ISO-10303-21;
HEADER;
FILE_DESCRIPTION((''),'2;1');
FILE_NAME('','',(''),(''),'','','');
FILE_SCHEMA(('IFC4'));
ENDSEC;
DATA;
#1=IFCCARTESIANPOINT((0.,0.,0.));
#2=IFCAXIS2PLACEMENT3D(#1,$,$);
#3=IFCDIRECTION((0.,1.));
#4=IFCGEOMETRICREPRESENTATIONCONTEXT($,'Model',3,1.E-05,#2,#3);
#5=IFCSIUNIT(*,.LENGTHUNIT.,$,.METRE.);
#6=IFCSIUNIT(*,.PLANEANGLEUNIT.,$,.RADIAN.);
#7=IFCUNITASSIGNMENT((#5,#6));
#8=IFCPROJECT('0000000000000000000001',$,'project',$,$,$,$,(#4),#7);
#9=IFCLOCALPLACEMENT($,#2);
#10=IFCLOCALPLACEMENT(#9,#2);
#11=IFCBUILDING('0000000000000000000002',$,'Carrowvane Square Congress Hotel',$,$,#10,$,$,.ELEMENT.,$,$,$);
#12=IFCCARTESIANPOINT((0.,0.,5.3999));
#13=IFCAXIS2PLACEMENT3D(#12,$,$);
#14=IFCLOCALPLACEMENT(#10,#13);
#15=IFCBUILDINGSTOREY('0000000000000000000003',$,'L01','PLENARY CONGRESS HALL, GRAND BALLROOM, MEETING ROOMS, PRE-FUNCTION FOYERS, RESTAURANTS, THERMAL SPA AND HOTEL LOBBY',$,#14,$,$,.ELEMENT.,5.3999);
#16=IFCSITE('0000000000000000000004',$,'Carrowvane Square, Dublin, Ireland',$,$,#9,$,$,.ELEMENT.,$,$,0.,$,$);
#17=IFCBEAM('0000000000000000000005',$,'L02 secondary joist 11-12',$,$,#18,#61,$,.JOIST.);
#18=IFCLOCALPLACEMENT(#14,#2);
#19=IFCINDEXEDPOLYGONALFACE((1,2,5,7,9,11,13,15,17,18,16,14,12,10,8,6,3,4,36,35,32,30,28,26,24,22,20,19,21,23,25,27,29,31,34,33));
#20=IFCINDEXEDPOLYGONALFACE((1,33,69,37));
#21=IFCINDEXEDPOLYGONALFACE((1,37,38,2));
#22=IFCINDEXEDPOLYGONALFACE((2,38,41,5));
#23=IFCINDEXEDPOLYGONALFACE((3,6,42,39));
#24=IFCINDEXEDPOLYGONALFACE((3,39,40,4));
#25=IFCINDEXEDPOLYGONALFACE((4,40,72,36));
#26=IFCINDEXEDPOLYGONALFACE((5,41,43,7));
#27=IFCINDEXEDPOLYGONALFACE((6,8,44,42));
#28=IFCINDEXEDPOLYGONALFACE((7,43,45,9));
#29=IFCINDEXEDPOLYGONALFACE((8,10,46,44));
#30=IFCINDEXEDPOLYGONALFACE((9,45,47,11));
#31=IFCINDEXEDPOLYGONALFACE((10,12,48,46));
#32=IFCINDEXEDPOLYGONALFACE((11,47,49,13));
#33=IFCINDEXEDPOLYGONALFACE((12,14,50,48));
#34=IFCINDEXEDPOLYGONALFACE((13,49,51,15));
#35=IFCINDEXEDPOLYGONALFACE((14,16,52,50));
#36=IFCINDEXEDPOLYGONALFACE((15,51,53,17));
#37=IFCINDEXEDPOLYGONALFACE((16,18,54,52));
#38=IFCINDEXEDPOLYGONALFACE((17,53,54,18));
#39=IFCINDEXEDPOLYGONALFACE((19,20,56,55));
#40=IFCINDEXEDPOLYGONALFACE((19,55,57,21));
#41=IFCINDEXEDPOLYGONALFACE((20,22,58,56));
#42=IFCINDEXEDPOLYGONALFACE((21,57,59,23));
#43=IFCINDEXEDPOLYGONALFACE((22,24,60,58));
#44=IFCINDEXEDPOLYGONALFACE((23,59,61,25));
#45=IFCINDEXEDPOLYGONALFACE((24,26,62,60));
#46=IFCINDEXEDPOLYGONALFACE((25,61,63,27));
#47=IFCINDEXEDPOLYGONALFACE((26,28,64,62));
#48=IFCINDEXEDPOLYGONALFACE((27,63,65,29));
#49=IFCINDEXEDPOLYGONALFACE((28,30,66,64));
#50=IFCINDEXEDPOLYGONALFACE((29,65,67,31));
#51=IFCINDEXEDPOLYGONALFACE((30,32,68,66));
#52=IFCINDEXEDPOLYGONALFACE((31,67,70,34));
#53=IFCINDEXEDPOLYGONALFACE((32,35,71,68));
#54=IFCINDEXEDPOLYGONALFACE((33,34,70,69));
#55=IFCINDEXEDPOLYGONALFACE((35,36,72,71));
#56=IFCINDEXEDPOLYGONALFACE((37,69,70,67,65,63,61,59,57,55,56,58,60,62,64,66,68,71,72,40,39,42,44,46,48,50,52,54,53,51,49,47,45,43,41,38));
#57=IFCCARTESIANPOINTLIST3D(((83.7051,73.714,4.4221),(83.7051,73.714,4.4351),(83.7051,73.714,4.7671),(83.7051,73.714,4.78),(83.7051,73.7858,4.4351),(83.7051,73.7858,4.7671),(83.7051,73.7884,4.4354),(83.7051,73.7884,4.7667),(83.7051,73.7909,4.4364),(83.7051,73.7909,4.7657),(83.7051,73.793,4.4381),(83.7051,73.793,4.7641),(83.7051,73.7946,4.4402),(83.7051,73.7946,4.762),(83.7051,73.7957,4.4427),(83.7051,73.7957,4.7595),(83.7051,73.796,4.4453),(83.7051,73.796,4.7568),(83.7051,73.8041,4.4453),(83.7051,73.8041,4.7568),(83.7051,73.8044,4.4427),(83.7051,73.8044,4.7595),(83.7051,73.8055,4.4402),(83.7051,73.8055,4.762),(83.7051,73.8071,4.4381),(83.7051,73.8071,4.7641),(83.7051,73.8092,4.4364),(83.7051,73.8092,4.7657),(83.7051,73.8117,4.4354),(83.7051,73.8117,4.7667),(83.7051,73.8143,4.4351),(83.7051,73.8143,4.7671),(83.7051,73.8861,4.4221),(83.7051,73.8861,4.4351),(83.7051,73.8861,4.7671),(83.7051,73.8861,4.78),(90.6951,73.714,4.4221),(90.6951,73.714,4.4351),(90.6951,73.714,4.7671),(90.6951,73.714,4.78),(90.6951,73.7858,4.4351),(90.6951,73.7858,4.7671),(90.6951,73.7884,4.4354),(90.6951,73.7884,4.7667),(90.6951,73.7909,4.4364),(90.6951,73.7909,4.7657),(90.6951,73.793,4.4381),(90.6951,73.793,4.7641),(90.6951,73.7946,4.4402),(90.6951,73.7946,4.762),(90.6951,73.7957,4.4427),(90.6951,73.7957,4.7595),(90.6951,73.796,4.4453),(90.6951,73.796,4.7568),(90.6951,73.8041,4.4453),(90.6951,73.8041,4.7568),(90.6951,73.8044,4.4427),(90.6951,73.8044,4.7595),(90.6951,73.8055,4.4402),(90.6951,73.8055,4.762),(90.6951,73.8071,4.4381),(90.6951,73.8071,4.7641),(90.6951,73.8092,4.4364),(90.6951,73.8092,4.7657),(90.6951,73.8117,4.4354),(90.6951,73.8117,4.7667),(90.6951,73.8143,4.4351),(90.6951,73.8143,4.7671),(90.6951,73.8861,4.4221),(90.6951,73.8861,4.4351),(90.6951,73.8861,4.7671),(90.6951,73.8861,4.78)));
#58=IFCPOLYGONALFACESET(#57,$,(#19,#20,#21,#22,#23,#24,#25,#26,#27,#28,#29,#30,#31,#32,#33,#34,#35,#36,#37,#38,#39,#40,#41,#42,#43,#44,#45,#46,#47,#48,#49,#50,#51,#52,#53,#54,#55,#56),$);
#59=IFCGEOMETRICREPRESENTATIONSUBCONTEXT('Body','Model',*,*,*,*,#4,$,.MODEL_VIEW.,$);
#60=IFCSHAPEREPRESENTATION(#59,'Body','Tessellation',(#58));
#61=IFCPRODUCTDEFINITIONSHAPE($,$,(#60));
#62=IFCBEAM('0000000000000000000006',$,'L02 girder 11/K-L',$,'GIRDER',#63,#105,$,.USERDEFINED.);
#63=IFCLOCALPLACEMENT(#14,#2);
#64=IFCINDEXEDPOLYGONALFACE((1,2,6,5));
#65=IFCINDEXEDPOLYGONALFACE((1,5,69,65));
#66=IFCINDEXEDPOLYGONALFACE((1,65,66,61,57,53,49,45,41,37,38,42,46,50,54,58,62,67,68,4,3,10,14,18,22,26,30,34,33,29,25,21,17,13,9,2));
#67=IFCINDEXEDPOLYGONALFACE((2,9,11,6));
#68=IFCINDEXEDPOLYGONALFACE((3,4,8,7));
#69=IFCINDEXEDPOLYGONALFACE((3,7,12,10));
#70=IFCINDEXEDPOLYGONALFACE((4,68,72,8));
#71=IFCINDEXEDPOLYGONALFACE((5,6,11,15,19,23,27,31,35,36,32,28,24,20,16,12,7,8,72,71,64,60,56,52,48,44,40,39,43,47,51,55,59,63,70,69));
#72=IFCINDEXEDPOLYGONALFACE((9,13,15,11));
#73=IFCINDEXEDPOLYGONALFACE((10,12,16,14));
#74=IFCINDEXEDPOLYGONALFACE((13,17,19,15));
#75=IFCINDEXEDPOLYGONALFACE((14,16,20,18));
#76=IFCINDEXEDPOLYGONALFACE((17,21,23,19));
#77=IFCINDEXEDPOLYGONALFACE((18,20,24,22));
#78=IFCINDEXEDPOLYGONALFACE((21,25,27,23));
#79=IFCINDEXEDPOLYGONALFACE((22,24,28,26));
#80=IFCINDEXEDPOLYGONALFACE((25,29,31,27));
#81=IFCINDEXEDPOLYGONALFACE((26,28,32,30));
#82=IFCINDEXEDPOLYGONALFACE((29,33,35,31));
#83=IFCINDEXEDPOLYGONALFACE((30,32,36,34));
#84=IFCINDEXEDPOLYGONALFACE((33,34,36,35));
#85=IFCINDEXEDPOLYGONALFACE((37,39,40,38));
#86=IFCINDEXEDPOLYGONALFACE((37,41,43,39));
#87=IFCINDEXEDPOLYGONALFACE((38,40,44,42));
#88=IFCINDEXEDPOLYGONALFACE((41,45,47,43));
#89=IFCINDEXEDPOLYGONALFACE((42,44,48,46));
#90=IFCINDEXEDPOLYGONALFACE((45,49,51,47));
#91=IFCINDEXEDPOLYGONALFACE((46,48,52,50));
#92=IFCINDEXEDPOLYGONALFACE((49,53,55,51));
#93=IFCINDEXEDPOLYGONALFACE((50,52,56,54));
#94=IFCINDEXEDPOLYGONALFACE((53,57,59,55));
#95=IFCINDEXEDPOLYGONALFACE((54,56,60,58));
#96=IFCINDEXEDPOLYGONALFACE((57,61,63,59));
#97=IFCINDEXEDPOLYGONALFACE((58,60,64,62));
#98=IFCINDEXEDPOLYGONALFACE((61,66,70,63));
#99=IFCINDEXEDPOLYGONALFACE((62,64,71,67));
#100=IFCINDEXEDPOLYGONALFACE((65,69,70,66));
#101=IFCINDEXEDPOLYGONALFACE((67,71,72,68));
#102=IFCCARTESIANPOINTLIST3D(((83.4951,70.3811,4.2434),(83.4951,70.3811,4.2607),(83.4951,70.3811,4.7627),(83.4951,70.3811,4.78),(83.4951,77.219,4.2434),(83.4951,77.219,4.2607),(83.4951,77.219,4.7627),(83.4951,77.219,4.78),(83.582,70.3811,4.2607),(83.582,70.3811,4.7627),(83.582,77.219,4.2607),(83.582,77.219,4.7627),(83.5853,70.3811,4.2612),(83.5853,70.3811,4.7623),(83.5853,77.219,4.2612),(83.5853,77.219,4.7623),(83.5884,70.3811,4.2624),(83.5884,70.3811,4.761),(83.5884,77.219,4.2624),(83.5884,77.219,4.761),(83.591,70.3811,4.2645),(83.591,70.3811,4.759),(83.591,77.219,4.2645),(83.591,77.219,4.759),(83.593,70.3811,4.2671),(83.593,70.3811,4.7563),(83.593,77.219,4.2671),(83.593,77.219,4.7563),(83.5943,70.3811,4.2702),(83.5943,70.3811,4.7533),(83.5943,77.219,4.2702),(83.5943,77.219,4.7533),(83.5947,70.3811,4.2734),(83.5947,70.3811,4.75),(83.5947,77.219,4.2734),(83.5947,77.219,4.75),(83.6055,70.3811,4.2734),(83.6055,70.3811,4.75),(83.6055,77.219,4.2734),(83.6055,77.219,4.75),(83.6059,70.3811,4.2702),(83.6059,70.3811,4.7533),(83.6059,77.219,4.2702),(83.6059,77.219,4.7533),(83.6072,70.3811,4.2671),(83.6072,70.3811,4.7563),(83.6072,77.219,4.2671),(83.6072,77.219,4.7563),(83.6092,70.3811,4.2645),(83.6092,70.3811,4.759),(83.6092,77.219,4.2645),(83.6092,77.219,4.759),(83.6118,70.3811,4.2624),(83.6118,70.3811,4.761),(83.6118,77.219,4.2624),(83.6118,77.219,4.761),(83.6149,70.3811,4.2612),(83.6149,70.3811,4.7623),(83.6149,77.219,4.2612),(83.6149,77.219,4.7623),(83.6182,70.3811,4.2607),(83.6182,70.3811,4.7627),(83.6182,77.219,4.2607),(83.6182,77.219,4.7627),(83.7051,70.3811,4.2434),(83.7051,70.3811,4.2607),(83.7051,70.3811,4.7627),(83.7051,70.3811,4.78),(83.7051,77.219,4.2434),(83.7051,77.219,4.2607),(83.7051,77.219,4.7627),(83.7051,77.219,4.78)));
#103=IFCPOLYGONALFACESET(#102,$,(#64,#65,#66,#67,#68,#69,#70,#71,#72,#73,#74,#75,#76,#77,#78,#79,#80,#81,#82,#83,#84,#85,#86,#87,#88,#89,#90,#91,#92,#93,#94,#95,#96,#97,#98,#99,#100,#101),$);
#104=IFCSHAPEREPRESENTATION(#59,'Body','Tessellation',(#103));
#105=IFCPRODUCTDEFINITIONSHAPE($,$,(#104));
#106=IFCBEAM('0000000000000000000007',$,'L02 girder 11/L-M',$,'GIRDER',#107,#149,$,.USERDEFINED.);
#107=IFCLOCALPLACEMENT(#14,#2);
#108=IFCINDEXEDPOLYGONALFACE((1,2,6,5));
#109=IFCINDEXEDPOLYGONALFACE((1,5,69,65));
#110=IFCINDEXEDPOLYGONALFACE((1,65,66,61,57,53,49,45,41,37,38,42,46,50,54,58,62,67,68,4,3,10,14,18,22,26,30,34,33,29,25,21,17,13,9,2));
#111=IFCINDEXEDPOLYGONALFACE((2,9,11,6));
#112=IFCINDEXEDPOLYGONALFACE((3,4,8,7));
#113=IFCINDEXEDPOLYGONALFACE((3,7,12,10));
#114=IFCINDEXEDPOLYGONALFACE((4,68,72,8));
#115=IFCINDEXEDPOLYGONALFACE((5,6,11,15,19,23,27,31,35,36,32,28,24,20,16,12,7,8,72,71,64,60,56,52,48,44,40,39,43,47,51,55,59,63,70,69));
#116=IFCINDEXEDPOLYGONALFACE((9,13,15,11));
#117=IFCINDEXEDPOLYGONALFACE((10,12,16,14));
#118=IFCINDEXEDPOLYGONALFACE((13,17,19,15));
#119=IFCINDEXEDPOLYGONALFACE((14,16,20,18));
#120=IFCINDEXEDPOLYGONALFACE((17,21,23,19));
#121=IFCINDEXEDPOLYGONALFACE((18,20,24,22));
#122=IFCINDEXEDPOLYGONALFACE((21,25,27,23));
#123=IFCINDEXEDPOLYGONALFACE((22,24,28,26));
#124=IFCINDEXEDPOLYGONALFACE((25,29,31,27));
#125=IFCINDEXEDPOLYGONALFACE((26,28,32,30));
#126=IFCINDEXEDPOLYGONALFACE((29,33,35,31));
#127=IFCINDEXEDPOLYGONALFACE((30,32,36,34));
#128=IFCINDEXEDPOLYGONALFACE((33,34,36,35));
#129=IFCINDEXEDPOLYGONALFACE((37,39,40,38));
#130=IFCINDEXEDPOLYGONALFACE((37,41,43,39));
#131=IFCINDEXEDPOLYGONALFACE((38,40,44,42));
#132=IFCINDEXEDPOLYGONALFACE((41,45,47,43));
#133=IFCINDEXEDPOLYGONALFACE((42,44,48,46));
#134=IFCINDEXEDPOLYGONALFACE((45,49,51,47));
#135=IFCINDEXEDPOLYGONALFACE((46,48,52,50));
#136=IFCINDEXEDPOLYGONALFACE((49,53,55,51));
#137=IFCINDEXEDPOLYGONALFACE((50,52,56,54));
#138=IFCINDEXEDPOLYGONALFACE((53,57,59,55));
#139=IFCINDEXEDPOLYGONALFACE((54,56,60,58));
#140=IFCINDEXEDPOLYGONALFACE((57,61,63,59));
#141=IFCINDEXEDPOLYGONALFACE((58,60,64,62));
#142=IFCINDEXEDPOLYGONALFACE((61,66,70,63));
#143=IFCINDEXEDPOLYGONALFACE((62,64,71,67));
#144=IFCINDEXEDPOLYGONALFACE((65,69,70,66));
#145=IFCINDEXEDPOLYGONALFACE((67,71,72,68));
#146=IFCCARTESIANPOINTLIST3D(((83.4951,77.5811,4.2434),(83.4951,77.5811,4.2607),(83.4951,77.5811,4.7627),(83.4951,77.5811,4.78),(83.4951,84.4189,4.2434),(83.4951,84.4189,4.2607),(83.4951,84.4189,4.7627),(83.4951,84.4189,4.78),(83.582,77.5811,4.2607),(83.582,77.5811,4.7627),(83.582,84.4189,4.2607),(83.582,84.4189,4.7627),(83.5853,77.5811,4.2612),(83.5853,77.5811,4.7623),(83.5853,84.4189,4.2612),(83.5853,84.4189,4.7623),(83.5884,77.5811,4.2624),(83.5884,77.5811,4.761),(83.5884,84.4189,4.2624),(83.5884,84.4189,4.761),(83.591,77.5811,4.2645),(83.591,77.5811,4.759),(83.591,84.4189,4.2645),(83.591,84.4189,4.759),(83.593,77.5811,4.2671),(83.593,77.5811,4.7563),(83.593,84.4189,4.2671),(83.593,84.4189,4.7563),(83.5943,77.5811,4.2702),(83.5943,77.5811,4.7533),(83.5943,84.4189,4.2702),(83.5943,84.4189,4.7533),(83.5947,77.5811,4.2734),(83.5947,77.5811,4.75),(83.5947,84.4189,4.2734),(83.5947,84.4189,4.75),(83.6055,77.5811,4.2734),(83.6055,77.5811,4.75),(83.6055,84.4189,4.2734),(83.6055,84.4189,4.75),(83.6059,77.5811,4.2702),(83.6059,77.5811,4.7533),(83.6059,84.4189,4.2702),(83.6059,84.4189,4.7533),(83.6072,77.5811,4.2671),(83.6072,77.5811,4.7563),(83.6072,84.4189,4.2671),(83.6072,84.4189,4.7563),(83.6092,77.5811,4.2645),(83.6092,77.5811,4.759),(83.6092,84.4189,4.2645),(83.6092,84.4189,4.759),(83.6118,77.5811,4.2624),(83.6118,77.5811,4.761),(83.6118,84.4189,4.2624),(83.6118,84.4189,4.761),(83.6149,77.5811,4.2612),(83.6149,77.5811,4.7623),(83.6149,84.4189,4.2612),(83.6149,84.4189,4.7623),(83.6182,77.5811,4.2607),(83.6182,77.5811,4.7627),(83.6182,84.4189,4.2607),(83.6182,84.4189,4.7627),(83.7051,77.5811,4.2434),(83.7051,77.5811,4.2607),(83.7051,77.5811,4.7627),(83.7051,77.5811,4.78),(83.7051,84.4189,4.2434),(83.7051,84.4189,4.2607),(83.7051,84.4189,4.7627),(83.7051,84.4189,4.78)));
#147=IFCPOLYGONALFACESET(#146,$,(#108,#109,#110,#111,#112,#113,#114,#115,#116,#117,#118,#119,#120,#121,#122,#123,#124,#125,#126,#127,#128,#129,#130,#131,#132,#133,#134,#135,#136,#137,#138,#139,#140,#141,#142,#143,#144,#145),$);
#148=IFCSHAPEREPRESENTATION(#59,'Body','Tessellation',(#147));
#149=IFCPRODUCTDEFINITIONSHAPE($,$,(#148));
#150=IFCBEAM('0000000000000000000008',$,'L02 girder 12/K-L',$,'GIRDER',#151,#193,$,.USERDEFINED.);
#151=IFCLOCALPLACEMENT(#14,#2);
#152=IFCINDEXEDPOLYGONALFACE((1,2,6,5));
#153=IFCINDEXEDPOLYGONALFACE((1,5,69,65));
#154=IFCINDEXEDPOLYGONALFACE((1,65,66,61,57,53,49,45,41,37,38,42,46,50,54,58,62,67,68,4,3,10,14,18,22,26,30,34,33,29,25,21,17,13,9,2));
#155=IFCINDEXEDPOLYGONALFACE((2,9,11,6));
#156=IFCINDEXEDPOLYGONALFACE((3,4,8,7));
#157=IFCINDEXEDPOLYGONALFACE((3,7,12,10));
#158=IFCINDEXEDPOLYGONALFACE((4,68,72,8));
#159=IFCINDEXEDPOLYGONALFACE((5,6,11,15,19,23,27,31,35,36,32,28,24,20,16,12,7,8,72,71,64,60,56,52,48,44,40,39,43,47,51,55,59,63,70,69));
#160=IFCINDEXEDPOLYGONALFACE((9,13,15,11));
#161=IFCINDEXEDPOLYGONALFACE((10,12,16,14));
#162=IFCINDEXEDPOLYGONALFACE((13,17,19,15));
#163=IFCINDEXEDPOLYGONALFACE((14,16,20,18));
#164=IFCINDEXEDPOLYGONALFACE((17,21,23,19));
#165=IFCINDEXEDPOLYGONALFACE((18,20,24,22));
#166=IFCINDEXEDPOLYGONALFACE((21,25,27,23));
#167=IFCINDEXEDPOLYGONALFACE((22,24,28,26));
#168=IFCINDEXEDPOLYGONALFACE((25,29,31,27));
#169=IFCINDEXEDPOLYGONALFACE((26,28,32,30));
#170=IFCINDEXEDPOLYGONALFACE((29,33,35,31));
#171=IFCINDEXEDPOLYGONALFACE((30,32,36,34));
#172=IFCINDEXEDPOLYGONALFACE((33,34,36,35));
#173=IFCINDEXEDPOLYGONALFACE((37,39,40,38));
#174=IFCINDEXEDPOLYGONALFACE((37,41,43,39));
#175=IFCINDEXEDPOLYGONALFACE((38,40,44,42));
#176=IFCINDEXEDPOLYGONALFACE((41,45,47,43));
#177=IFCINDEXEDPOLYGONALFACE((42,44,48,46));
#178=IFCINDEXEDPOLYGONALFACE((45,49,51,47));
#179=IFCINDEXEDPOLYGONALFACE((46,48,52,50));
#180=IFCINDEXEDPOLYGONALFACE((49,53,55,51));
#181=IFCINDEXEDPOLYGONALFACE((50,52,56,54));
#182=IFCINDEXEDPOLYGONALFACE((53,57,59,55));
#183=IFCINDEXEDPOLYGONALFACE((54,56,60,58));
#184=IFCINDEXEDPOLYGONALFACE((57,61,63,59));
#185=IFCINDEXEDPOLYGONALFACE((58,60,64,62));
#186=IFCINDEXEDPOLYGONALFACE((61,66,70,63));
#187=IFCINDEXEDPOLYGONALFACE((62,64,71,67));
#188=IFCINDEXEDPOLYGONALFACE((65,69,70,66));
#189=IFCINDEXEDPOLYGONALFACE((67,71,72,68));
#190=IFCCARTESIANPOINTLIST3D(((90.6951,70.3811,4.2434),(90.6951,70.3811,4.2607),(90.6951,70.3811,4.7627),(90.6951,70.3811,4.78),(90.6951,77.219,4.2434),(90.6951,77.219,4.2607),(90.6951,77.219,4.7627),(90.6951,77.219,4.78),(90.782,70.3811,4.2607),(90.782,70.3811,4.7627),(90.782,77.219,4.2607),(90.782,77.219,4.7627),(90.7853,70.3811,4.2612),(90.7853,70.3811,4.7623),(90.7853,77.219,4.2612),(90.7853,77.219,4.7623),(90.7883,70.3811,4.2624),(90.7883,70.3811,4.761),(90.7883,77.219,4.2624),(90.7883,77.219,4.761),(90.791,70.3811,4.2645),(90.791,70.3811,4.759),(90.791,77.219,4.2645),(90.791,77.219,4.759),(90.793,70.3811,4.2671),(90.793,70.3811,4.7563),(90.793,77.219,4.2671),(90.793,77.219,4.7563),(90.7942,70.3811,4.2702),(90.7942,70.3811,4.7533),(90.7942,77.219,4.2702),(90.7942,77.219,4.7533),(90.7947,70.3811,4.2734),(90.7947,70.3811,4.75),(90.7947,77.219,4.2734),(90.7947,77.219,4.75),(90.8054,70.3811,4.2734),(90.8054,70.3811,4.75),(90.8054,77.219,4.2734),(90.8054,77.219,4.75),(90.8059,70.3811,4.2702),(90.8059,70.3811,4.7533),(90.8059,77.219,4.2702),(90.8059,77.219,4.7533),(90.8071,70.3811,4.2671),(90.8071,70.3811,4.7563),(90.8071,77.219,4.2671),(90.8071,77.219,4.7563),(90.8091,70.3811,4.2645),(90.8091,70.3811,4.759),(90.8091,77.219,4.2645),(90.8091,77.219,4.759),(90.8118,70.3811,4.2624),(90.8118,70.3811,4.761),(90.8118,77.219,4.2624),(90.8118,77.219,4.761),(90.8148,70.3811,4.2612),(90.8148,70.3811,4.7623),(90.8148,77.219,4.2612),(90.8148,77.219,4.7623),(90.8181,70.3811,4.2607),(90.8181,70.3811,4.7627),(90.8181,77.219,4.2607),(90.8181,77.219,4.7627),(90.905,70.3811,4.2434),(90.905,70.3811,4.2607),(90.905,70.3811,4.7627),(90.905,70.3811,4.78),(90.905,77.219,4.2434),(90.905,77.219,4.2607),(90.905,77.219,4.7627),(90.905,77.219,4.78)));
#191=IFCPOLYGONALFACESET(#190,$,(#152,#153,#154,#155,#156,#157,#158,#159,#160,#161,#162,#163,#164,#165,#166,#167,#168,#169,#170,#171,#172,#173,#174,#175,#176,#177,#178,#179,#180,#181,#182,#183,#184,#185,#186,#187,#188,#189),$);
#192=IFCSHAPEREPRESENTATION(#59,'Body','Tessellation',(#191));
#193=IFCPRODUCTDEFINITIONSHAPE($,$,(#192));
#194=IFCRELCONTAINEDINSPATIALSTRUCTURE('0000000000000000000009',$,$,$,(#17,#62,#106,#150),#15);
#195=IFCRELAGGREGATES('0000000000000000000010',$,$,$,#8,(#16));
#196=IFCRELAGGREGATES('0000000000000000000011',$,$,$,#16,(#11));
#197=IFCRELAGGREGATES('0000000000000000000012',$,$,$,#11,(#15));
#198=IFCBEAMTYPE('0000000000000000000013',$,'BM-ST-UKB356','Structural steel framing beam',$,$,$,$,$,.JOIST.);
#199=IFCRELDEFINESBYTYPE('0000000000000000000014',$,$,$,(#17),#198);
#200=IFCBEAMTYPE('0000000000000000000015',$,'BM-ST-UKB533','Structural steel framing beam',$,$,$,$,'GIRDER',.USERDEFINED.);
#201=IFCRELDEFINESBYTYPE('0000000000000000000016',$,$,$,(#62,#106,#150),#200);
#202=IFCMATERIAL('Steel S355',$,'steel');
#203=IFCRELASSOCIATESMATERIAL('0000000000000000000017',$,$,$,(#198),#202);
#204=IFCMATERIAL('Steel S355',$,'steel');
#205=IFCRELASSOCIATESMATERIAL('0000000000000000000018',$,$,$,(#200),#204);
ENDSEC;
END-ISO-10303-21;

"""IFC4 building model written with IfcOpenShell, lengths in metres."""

from ifc_helpers import new_model, si_unit, direction, frame, origin, origin_2d, place, context, subcontext, project, spatial, i_section, extrude, material, material_profile, profile_set, type_object, element, save


model = new_model("IFC4")

# Units and contexts
model_context = context("Model", 3, precision=1e-05, world=origin(), true_north=direction((0.0, 1.0)))
body_context = subcontext(model_context, "Body", "Model", "MODEL_VIEW")
ifc_project = project(units=[si_unit("LENGTHUNIT", "METRE"), si_unit("PLANEANGLEUNIT", "RADIAN")], contexts=[model_context])

# Site, building, storey
site_placement = place(None, origin())
site = spatial("IfcSite", under=ifc_project, at=site_placement, Name="Carrowvane Square, Dublin, Ireland", CompositionType="ELEMENT", RefElevation=0.0)
building_placement = place(site_placement, origin())
building = spatial("IfcBuilding", under=site, at=building_placement, Name="Carrowvane Square Congress Hotel", CompositionType="ELEMENT")
storey_placement = place(building_placement, frame((0.0, 0.0, 5.3999)))
storey = spatial("IfcBuildingStorey", under=building, at=storey_placement, Name="L01", Description="PLENARY CONGRESS HALL, GRAND BALLROOM, MEETING ROOMS, PRE-FUNCTION FOYERS, RESTAURANTS, THERMAL SPA AND HOTEL LOBBY", CompositionType="ELEMENT", Elevation=5.3999)

# Beams
ifc_material_1 = material(Name="Steel S355", Category="steel")
ifc_material_profile_1 = material_profile(ifc_material_1, i_section(OverallWidth=0.1721, OverallDepth=0.3579, WebThickness=0.0081, FlangeThickness=0.0129, FilletRadius=0.0103, at=origin_2d()), Name="UKB 356x171x57")
ifc_profile_set_1 = profile_set([ifc_material_profile_1], Name="Steel S355")
beam_type_1 = type_object("IfcBeamType", Name="BM-ST-UKB356", Description="Structural steel framing beam", PredefinedType="JOIST", material=ifc_profile_set_1)
beam_1_placement = place(storey_placement, frame((83.7051, 73.8, 4.6011), z_axis=(1.0, 0.0, 0.0), x_axis=(0.0, 1.0, 0.0)))
element("IfcBeam", 1, at=beam_1_placement, inside=storey, type_object=beam_type_1, Name="L02 secondary joist 11-12", PredefinedType="JOIST", context=body_context, shape_type="SweptSolid", body=[
    extrude(i_section(OverallWidth=0.1721, OverallDepth=0.3579, WebThickness=0.0081, FlangeThickness=0.0129, FilletRadius=0.0103, at=origin_2d()), origin(), (0.0, 0.0, 1.0), 6.99),
])
ifc_material_2 = material(Name="Steel S355", Category="steel")
ifc_material_profile_2 = material_profile(ifc_material_2, i_section(OverallWidth=0.21, OverallDepth=0.5366, WebThickness=0.0107, FlangeThickness=0.0173, FilletRadius=0.0127, at=origin_2d()), Name="UKB 533x210x101")
ifc_profile_set_2 = profile_set([ifc_material_profile_2], Name="Steel S355")
beam_type_2 = type_object("IfcBeamType", Name="BM-ST-UKB533", Description="Structural steel framing beam", ElementType="GIRDER", PredefinedType="USERDEFINED", material=ifc_profile_set_2)
for number, where, z_axis, x_axis, name in (
    (2, (83.6001, 70.3811, 4.5117), (0.0, 1.0, 0.0), (-1.0, 0.0, 0.0), "L02 girder 11/K-L"),
    (3, (83.6001, 77.5811, 4.5117), (0.0, 1.0, 0.0), (-1.0, 0.0, 0.0), "L02 girder 11/L-M"),
    (4, (90.8, 70.3811, 4.5117), (0.0, 1.0, 0.0), (-1.0, 0.0, 0.0), "L02 girder 12/K-L"),
):
    element("IfcBeam", number, at=place(storey_placement, frame(where, z_axis=z_axis, x_axis=x_axis)), inside=storey, type_object=beam_type_2, Name=name, ObjectType="GIRDER", PredefinedType="USERDEFINED", context=body_context, shape_type="SweptSolid", body=[
        extrude(i_section(OverallWidth=0.21, OverallDepth=0.5366, WebThickness=0.0107, FlangeThickness=0.0173, FilletRadius=0.0127, at=origin_2d()), origin(), (0.0, 0.0, 1.0), 6.8379),
    ])

save(model, "model.ifc")
